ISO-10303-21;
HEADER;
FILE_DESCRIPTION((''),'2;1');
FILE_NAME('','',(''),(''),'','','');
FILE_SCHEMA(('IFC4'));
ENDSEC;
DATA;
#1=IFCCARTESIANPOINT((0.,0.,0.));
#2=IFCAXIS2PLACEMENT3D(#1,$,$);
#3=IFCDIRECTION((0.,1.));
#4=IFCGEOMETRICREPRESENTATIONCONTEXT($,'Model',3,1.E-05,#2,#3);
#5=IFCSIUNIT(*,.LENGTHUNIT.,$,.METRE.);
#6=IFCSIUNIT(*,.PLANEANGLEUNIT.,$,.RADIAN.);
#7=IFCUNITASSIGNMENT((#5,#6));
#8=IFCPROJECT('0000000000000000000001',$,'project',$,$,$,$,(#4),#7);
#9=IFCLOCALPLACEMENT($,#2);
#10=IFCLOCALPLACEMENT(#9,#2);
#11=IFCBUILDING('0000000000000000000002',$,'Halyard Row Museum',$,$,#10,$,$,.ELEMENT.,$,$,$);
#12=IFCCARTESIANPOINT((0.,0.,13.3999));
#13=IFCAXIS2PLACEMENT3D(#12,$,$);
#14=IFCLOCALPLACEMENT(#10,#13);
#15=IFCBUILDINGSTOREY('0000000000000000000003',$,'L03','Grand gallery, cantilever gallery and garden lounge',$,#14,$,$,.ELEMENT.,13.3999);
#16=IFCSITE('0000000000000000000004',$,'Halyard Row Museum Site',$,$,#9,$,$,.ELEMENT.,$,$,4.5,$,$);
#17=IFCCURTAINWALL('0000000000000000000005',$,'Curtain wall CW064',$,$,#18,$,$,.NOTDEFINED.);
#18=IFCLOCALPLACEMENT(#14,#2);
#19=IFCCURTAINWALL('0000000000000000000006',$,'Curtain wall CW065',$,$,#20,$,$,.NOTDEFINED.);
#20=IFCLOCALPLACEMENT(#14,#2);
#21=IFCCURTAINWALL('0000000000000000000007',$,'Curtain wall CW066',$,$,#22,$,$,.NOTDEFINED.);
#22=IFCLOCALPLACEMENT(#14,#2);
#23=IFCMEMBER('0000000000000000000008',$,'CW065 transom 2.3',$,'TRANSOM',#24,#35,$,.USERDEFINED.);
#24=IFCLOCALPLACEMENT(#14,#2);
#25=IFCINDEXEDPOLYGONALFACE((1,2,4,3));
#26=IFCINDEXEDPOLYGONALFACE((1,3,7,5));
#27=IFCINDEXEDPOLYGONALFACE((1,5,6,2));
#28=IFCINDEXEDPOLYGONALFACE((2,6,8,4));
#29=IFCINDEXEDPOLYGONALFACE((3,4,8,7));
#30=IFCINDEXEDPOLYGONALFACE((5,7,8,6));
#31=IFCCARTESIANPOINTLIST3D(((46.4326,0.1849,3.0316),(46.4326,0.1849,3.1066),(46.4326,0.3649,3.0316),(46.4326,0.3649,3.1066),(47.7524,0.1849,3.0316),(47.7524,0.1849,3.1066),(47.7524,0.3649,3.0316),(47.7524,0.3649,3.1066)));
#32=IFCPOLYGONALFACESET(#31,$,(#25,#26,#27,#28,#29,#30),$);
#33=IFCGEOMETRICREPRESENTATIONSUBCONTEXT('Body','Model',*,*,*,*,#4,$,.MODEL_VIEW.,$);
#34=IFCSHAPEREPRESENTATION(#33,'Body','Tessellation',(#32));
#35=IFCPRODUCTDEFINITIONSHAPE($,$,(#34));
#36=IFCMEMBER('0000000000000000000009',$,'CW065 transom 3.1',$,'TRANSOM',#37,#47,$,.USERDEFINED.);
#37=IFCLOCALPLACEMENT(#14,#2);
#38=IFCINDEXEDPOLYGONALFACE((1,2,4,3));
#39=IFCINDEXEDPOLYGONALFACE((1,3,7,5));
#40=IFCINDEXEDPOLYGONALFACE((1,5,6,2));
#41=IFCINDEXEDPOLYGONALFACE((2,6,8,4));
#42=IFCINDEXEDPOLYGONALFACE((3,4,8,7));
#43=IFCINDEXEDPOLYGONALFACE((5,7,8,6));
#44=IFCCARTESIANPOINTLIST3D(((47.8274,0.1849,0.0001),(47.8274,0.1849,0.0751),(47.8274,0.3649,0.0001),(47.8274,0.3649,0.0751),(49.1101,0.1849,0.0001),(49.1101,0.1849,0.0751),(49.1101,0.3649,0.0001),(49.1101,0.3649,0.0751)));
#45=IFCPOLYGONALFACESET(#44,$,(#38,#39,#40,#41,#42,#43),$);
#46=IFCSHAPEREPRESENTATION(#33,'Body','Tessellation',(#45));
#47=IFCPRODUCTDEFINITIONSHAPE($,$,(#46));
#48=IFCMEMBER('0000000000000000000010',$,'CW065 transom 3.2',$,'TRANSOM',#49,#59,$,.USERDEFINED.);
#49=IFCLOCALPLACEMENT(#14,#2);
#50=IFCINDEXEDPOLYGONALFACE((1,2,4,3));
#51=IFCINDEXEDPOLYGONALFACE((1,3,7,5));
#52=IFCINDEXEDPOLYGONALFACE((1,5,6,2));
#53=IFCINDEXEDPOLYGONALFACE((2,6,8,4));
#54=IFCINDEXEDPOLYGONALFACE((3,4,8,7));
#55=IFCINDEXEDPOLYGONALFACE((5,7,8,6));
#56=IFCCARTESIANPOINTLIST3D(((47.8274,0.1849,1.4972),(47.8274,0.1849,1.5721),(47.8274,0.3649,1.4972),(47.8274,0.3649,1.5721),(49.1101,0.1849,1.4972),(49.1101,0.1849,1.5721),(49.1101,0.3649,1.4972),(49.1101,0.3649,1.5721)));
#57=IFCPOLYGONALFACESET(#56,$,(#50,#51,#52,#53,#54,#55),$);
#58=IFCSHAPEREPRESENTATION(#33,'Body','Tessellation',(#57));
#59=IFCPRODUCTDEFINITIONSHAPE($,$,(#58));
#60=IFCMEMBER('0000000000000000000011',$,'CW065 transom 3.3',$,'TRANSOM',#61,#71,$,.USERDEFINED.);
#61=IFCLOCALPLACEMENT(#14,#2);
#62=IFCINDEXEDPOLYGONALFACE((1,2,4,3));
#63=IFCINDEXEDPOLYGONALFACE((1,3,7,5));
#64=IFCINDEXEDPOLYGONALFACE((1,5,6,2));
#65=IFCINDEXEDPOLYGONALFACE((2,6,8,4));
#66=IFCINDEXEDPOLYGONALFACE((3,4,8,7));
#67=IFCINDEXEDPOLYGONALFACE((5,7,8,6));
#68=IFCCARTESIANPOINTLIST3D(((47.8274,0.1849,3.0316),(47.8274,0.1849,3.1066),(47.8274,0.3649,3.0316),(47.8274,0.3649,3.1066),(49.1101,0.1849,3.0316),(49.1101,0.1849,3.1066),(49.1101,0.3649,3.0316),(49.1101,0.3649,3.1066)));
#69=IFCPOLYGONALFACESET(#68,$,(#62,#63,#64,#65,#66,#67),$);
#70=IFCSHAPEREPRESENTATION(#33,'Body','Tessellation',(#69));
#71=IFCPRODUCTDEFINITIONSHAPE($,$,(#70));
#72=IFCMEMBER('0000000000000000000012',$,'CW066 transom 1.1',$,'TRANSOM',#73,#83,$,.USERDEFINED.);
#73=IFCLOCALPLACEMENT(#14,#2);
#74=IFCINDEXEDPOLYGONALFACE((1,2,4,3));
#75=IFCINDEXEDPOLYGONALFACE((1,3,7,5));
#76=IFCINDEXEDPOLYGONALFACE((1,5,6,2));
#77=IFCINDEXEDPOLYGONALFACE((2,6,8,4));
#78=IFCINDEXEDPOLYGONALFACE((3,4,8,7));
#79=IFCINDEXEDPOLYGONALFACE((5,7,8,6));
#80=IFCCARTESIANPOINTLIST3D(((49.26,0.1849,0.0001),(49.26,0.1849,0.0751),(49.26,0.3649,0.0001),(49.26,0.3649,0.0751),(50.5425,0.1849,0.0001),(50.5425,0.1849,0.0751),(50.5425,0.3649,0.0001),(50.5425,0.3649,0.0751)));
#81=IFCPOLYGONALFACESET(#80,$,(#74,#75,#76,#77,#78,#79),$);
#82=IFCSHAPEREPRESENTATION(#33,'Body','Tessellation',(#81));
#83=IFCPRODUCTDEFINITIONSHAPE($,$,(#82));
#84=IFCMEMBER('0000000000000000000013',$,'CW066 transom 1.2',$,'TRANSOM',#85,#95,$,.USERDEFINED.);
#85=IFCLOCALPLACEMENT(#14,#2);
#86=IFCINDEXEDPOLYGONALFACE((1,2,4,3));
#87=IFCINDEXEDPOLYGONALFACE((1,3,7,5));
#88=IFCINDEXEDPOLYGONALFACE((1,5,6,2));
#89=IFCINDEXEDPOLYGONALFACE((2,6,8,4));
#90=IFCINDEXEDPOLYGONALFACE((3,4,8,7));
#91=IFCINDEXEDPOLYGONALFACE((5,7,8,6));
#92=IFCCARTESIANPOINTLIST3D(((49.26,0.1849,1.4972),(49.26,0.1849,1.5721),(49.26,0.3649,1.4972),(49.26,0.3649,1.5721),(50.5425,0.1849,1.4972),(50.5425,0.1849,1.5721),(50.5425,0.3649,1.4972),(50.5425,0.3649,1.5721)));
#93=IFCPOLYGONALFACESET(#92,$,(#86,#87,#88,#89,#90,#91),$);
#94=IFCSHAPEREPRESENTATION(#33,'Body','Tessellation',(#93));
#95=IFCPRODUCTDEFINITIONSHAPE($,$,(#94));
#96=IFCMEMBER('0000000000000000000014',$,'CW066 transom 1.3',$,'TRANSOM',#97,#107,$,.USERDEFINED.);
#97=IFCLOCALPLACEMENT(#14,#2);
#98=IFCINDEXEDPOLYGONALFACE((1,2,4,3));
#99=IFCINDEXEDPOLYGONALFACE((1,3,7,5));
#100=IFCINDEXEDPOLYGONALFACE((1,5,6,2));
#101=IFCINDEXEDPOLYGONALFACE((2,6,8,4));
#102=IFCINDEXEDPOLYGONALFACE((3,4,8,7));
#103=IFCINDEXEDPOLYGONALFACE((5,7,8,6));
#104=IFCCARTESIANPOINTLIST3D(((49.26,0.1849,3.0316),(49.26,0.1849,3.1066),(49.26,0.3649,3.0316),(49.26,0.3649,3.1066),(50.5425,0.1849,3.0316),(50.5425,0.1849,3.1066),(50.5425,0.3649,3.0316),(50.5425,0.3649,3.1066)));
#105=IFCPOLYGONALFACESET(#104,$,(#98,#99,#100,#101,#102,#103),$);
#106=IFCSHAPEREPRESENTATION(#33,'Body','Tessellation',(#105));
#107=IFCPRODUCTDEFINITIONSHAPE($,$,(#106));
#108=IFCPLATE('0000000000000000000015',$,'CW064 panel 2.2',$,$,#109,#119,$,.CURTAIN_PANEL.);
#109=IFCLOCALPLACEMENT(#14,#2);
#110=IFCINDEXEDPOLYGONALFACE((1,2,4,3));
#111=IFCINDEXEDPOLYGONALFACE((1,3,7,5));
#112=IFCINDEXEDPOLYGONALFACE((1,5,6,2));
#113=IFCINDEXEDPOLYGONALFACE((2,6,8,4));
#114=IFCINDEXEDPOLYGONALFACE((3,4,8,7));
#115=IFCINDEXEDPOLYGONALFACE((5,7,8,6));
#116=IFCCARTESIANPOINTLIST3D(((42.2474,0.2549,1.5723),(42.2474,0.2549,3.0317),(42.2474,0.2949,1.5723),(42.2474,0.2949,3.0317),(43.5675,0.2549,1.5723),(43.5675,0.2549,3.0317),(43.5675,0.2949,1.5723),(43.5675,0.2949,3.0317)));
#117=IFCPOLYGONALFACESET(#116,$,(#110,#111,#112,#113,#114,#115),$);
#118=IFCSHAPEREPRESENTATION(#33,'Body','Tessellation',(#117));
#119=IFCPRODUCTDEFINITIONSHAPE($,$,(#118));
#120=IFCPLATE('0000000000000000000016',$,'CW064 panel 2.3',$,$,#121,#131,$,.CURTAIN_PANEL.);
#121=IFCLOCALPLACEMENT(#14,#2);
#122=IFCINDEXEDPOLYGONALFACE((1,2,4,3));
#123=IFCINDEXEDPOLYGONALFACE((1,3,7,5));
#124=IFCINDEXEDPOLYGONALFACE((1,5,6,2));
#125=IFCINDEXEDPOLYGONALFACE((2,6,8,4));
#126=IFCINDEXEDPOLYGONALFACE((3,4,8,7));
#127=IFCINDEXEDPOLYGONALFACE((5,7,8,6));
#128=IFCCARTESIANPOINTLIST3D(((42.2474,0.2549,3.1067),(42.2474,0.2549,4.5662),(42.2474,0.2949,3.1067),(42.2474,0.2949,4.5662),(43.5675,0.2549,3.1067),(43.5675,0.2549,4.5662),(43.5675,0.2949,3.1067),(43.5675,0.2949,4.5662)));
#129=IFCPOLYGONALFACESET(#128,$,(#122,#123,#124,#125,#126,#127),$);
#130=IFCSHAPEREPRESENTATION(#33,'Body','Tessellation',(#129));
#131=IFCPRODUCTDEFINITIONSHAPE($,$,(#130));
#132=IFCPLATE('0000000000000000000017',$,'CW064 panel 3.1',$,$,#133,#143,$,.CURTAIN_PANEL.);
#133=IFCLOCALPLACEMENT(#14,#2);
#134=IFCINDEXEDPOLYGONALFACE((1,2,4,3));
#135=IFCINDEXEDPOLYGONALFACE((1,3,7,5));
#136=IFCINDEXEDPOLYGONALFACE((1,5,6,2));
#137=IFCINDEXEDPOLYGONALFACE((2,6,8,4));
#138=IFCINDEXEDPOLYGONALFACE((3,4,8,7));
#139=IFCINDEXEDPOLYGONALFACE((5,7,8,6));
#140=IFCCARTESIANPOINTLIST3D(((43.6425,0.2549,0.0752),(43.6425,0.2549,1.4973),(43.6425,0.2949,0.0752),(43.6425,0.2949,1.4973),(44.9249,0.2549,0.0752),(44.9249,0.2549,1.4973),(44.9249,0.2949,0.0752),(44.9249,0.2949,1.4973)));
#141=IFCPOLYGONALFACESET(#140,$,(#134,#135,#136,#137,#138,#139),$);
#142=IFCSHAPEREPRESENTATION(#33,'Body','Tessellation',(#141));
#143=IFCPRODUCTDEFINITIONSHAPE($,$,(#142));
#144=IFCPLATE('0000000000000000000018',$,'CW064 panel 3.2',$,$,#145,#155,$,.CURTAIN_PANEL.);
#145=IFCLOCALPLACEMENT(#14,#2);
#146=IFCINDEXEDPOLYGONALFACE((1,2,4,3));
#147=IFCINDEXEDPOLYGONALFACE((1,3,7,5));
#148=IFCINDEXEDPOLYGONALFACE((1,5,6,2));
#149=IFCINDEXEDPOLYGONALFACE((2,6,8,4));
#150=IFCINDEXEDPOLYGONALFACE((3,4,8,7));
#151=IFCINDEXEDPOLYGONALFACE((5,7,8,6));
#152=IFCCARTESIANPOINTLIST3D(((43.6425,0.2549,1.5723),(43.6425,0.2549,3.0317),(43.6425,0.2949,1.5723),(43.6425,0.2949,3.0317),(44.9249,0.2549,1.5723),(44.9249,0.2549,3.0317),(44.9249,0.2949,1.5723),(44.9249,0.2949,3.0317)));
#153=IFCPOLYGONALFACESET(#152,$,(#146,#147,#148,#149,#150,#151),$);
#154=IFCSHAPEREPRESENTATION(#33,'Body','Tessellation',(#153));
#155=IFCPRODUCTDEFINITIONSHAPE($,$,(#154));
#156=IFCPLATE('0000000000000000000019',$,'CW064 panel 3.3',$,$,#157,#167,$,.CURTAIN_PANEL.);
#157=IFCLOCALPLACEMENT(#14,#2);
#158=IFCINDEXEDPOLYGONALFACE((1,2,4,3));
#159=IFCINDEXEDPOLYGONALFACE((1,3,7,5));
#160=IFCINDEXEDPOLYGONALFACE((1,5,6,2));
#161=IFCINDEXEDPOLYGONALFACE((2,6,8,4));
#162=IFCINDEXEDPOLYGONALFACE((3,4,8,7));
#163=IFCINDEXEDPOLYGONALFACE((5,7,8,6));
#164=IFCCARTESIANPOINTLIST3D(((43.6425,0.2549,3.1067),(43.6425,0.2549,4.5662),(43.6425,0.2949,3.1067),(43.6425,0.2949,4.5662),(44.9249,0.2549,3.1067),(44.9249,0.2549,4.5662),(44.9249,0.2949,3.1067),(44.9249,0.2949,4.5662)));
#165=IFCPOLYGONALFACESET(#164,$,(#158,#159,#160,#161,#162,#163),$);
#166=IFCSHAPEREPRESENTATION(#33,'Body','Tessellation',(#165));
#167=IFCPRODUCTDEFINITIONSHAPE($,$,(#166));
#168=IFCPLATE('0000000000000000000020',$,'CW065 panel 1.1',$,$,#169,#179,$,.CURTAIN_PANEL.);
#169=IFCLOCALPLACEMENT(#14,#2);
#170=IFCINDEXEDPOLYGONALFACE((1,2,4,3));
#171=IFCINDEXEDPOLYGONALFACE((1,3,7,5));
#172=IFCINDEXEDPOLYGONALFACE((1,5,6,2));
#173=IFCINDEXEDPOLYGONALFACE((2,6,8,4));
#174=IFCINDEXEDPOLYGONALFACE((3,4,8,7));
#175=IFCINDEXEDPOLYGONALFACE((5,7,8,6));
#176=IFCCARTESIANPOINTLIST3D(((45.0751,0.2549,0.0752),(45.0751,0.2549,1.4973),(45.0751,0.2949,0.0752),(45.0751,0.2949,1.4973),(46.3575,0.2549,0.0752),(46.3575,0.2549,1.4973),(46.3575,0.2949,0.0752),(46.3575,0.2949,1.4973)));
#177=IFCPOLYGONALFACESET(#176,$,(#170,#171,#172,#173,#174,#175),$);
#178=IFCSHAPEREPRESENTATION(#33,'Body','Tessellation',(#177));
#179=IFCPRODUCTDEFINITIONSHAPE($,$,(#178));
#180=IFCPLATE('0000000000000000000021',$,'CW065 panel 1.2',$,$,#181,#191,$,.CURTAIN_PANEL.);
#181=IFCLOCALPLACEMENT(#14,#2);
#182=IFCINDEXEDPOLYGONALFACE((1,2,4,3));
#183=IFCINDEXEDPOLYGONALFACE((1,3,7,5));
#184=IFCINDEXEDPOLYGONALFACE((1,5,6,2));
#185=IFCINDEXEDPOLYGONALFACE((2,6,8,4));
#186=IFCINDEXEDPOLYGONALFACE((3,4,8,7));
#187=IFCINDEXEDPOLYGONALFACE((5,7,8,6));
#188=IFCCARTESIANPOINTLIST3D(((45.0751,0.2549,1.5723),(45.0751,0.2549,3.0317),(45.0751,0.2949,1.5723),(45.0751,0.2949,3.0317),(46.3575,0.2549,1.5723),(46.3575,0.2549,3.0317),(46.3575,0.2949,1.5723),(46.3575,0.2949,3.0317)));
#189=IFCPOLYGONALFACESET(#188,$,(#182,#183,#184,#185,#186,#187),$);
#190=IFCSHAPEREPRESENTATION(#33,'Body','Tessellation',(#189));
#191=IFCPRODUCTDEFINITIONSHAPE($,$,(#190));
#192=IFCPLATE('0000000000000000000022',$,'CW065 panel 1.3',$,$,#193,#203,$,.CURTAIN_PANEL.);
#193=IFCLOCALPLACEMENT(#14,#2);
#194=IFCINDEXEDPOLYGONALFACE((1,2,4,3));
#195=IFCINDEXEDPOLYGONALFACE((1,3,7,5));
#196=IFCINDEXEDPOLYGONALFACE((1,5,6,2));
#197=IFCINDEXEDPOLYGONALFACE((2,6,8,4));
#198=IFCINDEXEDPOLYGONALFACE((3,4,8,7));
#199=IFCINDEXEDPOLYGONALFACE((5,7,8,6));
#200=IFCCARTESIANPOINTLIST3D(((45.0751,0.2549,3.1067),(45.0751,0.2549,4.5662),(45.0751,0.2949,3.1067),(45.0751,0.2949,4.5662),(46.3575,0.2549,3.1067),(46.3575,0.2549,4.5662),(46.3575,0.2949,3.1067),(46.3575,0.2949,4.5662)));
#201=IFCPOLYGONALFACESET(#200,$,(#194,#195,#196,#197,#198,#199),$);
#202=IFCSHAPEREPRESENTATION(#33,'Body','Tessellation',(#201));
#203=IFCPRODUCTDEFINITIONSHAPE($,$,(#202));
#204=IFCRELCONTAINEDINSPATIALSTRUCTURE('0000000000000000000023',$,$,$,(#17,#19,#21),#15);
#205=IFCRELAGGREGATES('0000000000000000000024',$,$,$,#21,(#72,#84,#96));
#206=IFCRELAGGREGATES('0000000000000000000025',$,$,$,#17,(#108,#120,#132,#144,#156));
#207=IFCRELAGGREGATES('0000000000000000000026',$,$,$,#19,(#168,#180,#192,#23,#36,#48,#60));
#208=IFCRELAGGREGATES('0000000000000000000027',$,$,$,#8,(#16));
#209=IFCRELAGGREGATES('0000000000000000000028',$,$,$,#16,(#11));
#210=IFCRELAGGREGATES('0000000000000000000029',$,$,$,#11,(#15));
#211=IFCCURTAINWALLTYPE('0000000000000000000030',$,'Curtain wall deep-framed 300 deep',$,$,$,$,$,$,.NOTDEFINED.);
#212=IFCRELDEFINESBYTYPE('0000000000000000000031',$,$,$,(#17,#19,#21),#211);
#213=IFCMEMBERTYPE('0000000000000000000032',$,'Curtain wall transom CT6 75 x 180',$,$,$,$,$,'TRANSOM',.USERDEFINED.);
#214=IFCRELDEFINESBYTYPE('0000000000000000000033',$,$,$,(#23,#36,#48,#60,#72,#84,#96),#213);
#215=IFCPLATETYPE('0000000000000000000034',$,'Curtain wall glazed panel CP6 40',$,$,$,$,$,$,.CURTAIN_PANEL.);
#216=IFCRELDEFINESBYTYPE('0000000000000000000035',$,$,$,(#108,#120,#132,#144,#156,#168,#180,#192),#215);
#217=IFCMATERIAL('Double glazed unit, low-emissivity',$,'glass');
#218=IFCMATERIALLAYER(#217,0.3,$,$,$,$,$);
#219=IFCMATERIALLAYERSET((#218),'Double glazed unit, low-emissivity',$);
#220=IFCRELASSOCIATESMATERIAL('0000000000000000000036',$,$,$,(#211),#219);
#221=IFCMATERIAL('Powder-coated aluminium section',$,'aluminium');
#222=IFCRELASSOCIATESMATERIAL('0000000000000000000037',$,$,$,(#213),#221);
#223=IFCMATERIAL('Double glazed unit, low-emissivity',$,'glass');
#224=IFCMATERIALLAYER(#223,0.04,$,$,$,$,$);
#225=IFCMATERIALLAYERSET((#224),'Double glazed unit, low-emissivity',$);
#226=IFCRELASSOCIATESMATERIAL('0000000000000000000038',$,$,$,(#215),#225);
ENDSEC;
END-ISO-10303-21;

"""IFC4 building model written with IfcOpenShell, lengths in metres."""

from ifc_helpers import new_model, si_unit, direction, frame, origin, origin_2d, place, context, subcontext, project, spatial, rectangle, extrude, material, layer, layer_set, material_profile, profile_set, type_object, element, aggregate, save


model = new_model("IFC4")

# Units and contexts
model_context = context("Model", 3, precision=1e-05, world=origin(), true_north=direction((0.0, 1.0)))
body_context = subcontext(model_context, "Body", "Model", "MODEL_VIEW")
ifc_project = project(units=[si_unit("LENGTHUNIT", "METRE"), si_unit("PLANEANGLEUNIT", "RADIAN")], contexts=[model_context])

# Site, building, storey
site_placement = place(None, origin())
site = spatial("IfcSite", under=ifc_project, at=site_placement, Name="Halyard Row Museum Site", CompositionType="ELEMENT", RefElevation=4.5)
building_placement = place(site_placement, origin())
building = spatial("IfcBuilding", under=site, at=building_placement, Name="Halyard Row Museum", CompositionType="ELEMENT")
storey_placement = place(building_placement, frame((0.0, 0.0, 13.3999)))
storey = spatial("IfcBuildingStorey", under=building, at=storey_placement, Name="L03", Description="Grand gallery, cantilever gallery and garden lounge", CompositionType="ELEMENT", Elevation=13.3999)

# Curtain walls
ifc_material_1 = material(Name="Double glazed unit, low-emissivity", Category="glass")
ifc_layer_1 = layer(ifc_material_1, 0.3)
ifc_layer_set_1 = layer_set([ifc_layer_1], Name="Double glazed unit, low-emissivity")
curtain_wall_type = type_object("IfcCurtainWallType", Name="Curtain wall deep-framed 300 deep", PredefinedType="NOTDEFINED", material=ifc_layer_set_1)
curtain_wall_1_placement = place(storey_placement, origin())
curtain_wall_1 = element("IfcCurtainWall", 1, at=curtain_wall_1_placement, inside=storey, type_object=curtain_wall_type, Name="Curtain wall CW064", PredefinedType="NOTDEFINED")
curtain_wall_2_placement = place(storey_placement, origin())
curtain_wall_2 = element("IfcCurtainWall", 2, at=curtain_wall_2_placement, inside=storey, type_object=curtain_wall_type, Name="Curtain wall CW065", PredefinedType="NOTDEFINED")

# Curtain wall
curtain_wall_3_placement = place(storey_placement, origin())
curtain_wall_3 = element("IfcCurtainWall", 3, at=curtain_wall_3_placement, inside=storey, type_object=curtain_wall_type, Name="Curtain wall CW066", PredefinedType="NOTDEFINED")

# Members
ifc_material_2 = material(Name="Powder-coated aluminium section", Category="aluminium")
ifc_material_profile_1 = material_profile(ifc_material_2, rectangle(XDim=0.1799, YDim=0.075, at=origin_2d()), Name="180x75 transom")
ifc_profile_set_1 = profile_set([ifc_material_profile_1], Name="Powder-coated aluminium section")
member_type_1 = type_object("IfcMemberType", Name="Curtain wall transom CT6 75 x 180", ElementType="TRANSOM", PredefinedType="USERDEFINED", material=ifc_profile_set_1)
member_1_placement = place(storey_placement, frame((46.4326, 0.2749, 3.0691), z_axis=(1.0, 0.0, 0.0), x_axis=(0.0, 1.0, 0.0)))
member_1 = element("IfcMember", 4, at=member_1_placement, type_object=member_type_1, Name="CW065 transom 2.3", ObjectType="TRANSOM", PredefinedType="USERDEFINED", context=body_context, shape_type="SweptSolid", body=[
    extrude(rectangle(XDim=0.1799, YDim=0.075, at=origin_2d()), origin(), (0.0, 0.0, 1.0), 1.3198),
])
member_2_placement = place(storey_placement, frame((47.8274, 0.2749, 0.0376), z_axis=(1.0, 0.0, 0.0), x_axis=(0.0, 1.0, 0.0)))
member_2 = element("IfcMember", 5, at=member_2_placement, type_object=member_type_1, Name="CW065 transom 3.1", ObjectType="TRANSOM", PredefinedType="USERDEFINED", context=body_context, shape_type="SweptSolid", body=[
    extrude(rectangle(XDim=0.1799, YDim=0.075, at=origin_2d()), origin(), (0.0, 0.0, 1.0), 1.2827),
])
member_3_placement = place(storey_placement, frame((47.8274, 0.2749, 1.5347), z_axis=(1.0, 0.0, 0.0), x_axis=(0.0, 1.0, 0.0)))
member_3 = element("IfcMember", 6, at=member_3_placement, type_object=member_type_1, Name="CW065 transom 3.2", ObjectType="TRANSOM", PredefinedType="USERDEFINED", context=body_context, shape_type="SweptSolid", body=[
    extrude(rectangle(XDim=0.1799, YDim=0.075, at=origin_2d()), origin(), (0.0, 0.0, 1.0), 1.2827),
])
member_4_placement = place(storey_placement, frame((47.8274, 0.2749, 3.0691), z_axis=(1.0, 0.0, 0.0), x_axis=(0.0, 1.0, 0.0)))
member_4 = element("IfcMember", 7, at=member_4_placement, type_object=member_type_1, Name="CW065 transom 3.3", ObjectType="TRANSOM", PredefinedType="USERDEFINED", context=body_context, shape_type="SweptSolid", body=[
    extrude(rectangle(XDim=0.1799, YDim=0.075, at=origin_2d()), origin(), (0.0, 0.0, 1.0), 1.2827),
])
member_5_placement = place(storey_placement, frame((49.26, 0.2749, 0.0376), z_axis=(1.0, 0.0, 0.0), x_axis=(0.0, 1.0, 0.0)))
member_5 = element("IfcMember", 8, at=member_5_placement, type_object=member_type_1, Name="CW066 transom 1.1", ObjectType="TRANSOM", PredefinedType="USERDEFINED", context=body_context, shape_type="SweptSolid", body=[
    extrude(rectangle(XDim=0.1799, YDim=0.075, at=origin_2d()), origin(), (0.0, 0.0, 1.0), 1.2825),
])
member_6_placement = place(storey_placement, frame((49.26, 0.2749, 1.5347), z_axis=(1.0, 0.0, 0.0), x_axis=(0.0, 1.0, 0.0)))
member_6 = element("IfcMember", 9, at=member_6_placement, type_object=member_type_1, Name="CW066 transom 1.2", ObjectType="TRANSOM", PredefinedType="USERDEFINED", context=body_context, shape_type="SweptSolid", body=[
    extrude(rectangle(XDim=0.1799, YDim=0.075, at=origin_2d()), origin(), (0.0, 0.0, 1.0), 1.2825),
])
member_7_placement = place(storey_placement, frame((49.26, 0.2749, 3.0691), z_axis=(1.0, 0.0, 0.0), x_axis=(0.0, 1.0, 0.0)))
member_7 = element("IfcMember", 10, at=member_7_placement, type_object=member_type_1, Name="CW066 transom 1.3", ObjectType="TRANSOM", PredefinedType="USERDEFINED", context=body_context, shape_type="SweptSolid", body=[
    extrude(rectangle(XDim=0.1799, YDim=0.075, at=origin_2d()), origin(), (0.0, 0.0, 1.0), 1.2825),
])
aggregate(curtain_wall_3, [member_5, member_6, member_7])

# Plates
ifc_material_3 = material(Name="Double glazed unit, low-emissivity", Category="glass")
ifc_layer_2 = layer(ifc_material_3, 0.04)
ifc_layer_set_2 = layer_set([ifc_layer_2], Name="Double glazed unit, low-emissivity")
plate_type = type_object("IfcPlateType", Name="Curtain wall glazed panel CP6 40", PredefinedType="CURTAIN_PANEL", material=ifc_layer_set_2)
plate_1_placement = place(storey_placement, frame((42.9075, 0.2749, 1.5723), z_axis=(0.0, 0.0, 1.0), x_axis=(1.0, 0.0, 0.0)))
plate_1 = element("IfcPlate", 11, at=plate_1_placement, type_object=plate_type, Name="CW064 panel 2.2", PredefinedType="CURTAIN_PANEL", context=body_context, shape_type="SweptSolid", body=[
    extrude(rectangle(XDim=1.3201, YDim=0.04, at=origin_2d()), origin(), (0.0, 0.0, 1.0), 1.4595),
])
plate_2_placement = place(storey_placement, frame((42.9075, 0.2749, 3.1067), z_axis=(0.0, 0.0, 1.0), x_axis=(1.0, 0.0, 0.0)))
plate_2 = element("IfcPlate", 12, at=plate_2_placement, type_object=plate_type, Name="CW064 panel 2.3", PredefinedType="CURTAIN_PANEL", context=body_context, shape_type="SweptSolid", body=[
    extrude(rectangle(XDim=1.3201, YDim=0.04, at=origin_2d()), origin(), (0.0, 0.0, 1.0), 1.4595),
])
plate_3_placement = place(storey_placement, frame((44.2837, 0.2749, 0.0752), z_axis=(0.0, 0.0, 1.0), x_axis=(1.0, 0.0, 0.0)))
plate_3 = element("IfcPlate", 13, at=plate_3_placement, type_object=plate_type, Name="CW064 panel 3.1", PredefinedType="CURTAIN_PANEL", context=body_context, shape_type="SweptSolid", body=[
    extrude(rectangle(XDim=1.2825, YDim=0.04, at=origin_2d()), origin(), (0.0, 0.0, 1.0), 1.4221),
])
plate_4_placement = place(storey_placement, frame((44.2837, 0.2749, 1.5723), z_axis=(0.0, 0.0, 1.0), x_axis=(1.0, 0.0, 0.0)))
plate_4 = element("IfcPlate", 14, at=plate_4_placement, type_object=plate_type, Name="CW064 panel 3.2", PredefinedType="CURTAIN_PANEL", context=body_context, shape_type="SweptSolid", body=[
    extrude(rectangle(XDim=1.2825, YDim=0.04, at=origin_2d()), origin(), (0.0, 0.0, 1.0), 1.4595),
])
plate_5_placement = place(storey_placement, frame((44.2837, 0.2749, 3.1067), z_axis=(0.0, 0.0, 1.0), x_axis=(1.0, 0.0, 0.0)))
plate_5 = element("IfcPlate", 15, at=plate_5_placement, type_object=plate_type, Name="CW064 panel 3.3", PredefinedType="CURTAIN_PANEL", context=body_context, shape_type="SweptSolid", body=[
    extrude(rectangle(XDim=1.2825, YDim=0.04, at=origin_2d()), origin(), (0.0, 0.0, 1.0), 1.4595),
])
aggregate(curtain_wall_1, [plate_1, plate_2, plate_3, plate_4, plate_5])
plate_6_placement = place(storey_placement, frame((45.7163, 0.2749, 0.0752), z_axis=(0.0, 0.0, 1.0), x_axis=(1.0, 0.0, 0.0)))
plate_6 = element("IfcPlate", 16, at=plate_6_placement, type_object=plate_type, Name="CW065 panel 1.1", PredefinedType="CURTAIN_PANEL", context=body_context, shape_type="SweptSolid", body=[
    extrude(rectangle(XDim=1.2825, YDim=0.04, at=origin_2d()), origin(), (0.0, 0.0, 1.0), 1.4221),
])
plate_7_placement = place(storey_placement, frame((45.7163, 0.2749, 1.5723), z_axis=(0.0, 0.0, 1.0), x_axis=(1.0, 0.0, 0.0)))
plate_7 = element("IfcPlate", 17, at=plate_7_placement, type_object=plate_type, Name="CW065 panel 1.2", PredefinedType="CURTAIN_PANEL", context=body_context, shape_type="SweptSolid", body=[
    extrude(rectangle(XDim=1.2825, YDim=0.04, at=origin_2d()), origin(), (0.0, 0.0, 1.0), 1.4595),
])
plate_8_placement = place(storey_placement, frame((45.7163, 0.2749, 3.1067), z_axis=(0.0, 0.0, 1.0), x_axis=(1.0, 0.0, 0.0)))
plate_8 = element("IfcPlate", 18, at=plate_8_placement, type_object=plate_type, Name="CW065 panel 1.3", PredefinedType="CURTAIN_PANEL", context=body_context, shape_type="SweptSolid", body=[
    extrude(rectangle(XDim=1.2825, YDim=0.04, at=origin_2d()), origin(), (0.0, 0.0, 1.0), 1.4595),
])
aggregate(curtain_wall_2, [plate_6, plate_7, plate_8, member_1, member_2, member_3, member_4])

save(model, "model.ifc")
